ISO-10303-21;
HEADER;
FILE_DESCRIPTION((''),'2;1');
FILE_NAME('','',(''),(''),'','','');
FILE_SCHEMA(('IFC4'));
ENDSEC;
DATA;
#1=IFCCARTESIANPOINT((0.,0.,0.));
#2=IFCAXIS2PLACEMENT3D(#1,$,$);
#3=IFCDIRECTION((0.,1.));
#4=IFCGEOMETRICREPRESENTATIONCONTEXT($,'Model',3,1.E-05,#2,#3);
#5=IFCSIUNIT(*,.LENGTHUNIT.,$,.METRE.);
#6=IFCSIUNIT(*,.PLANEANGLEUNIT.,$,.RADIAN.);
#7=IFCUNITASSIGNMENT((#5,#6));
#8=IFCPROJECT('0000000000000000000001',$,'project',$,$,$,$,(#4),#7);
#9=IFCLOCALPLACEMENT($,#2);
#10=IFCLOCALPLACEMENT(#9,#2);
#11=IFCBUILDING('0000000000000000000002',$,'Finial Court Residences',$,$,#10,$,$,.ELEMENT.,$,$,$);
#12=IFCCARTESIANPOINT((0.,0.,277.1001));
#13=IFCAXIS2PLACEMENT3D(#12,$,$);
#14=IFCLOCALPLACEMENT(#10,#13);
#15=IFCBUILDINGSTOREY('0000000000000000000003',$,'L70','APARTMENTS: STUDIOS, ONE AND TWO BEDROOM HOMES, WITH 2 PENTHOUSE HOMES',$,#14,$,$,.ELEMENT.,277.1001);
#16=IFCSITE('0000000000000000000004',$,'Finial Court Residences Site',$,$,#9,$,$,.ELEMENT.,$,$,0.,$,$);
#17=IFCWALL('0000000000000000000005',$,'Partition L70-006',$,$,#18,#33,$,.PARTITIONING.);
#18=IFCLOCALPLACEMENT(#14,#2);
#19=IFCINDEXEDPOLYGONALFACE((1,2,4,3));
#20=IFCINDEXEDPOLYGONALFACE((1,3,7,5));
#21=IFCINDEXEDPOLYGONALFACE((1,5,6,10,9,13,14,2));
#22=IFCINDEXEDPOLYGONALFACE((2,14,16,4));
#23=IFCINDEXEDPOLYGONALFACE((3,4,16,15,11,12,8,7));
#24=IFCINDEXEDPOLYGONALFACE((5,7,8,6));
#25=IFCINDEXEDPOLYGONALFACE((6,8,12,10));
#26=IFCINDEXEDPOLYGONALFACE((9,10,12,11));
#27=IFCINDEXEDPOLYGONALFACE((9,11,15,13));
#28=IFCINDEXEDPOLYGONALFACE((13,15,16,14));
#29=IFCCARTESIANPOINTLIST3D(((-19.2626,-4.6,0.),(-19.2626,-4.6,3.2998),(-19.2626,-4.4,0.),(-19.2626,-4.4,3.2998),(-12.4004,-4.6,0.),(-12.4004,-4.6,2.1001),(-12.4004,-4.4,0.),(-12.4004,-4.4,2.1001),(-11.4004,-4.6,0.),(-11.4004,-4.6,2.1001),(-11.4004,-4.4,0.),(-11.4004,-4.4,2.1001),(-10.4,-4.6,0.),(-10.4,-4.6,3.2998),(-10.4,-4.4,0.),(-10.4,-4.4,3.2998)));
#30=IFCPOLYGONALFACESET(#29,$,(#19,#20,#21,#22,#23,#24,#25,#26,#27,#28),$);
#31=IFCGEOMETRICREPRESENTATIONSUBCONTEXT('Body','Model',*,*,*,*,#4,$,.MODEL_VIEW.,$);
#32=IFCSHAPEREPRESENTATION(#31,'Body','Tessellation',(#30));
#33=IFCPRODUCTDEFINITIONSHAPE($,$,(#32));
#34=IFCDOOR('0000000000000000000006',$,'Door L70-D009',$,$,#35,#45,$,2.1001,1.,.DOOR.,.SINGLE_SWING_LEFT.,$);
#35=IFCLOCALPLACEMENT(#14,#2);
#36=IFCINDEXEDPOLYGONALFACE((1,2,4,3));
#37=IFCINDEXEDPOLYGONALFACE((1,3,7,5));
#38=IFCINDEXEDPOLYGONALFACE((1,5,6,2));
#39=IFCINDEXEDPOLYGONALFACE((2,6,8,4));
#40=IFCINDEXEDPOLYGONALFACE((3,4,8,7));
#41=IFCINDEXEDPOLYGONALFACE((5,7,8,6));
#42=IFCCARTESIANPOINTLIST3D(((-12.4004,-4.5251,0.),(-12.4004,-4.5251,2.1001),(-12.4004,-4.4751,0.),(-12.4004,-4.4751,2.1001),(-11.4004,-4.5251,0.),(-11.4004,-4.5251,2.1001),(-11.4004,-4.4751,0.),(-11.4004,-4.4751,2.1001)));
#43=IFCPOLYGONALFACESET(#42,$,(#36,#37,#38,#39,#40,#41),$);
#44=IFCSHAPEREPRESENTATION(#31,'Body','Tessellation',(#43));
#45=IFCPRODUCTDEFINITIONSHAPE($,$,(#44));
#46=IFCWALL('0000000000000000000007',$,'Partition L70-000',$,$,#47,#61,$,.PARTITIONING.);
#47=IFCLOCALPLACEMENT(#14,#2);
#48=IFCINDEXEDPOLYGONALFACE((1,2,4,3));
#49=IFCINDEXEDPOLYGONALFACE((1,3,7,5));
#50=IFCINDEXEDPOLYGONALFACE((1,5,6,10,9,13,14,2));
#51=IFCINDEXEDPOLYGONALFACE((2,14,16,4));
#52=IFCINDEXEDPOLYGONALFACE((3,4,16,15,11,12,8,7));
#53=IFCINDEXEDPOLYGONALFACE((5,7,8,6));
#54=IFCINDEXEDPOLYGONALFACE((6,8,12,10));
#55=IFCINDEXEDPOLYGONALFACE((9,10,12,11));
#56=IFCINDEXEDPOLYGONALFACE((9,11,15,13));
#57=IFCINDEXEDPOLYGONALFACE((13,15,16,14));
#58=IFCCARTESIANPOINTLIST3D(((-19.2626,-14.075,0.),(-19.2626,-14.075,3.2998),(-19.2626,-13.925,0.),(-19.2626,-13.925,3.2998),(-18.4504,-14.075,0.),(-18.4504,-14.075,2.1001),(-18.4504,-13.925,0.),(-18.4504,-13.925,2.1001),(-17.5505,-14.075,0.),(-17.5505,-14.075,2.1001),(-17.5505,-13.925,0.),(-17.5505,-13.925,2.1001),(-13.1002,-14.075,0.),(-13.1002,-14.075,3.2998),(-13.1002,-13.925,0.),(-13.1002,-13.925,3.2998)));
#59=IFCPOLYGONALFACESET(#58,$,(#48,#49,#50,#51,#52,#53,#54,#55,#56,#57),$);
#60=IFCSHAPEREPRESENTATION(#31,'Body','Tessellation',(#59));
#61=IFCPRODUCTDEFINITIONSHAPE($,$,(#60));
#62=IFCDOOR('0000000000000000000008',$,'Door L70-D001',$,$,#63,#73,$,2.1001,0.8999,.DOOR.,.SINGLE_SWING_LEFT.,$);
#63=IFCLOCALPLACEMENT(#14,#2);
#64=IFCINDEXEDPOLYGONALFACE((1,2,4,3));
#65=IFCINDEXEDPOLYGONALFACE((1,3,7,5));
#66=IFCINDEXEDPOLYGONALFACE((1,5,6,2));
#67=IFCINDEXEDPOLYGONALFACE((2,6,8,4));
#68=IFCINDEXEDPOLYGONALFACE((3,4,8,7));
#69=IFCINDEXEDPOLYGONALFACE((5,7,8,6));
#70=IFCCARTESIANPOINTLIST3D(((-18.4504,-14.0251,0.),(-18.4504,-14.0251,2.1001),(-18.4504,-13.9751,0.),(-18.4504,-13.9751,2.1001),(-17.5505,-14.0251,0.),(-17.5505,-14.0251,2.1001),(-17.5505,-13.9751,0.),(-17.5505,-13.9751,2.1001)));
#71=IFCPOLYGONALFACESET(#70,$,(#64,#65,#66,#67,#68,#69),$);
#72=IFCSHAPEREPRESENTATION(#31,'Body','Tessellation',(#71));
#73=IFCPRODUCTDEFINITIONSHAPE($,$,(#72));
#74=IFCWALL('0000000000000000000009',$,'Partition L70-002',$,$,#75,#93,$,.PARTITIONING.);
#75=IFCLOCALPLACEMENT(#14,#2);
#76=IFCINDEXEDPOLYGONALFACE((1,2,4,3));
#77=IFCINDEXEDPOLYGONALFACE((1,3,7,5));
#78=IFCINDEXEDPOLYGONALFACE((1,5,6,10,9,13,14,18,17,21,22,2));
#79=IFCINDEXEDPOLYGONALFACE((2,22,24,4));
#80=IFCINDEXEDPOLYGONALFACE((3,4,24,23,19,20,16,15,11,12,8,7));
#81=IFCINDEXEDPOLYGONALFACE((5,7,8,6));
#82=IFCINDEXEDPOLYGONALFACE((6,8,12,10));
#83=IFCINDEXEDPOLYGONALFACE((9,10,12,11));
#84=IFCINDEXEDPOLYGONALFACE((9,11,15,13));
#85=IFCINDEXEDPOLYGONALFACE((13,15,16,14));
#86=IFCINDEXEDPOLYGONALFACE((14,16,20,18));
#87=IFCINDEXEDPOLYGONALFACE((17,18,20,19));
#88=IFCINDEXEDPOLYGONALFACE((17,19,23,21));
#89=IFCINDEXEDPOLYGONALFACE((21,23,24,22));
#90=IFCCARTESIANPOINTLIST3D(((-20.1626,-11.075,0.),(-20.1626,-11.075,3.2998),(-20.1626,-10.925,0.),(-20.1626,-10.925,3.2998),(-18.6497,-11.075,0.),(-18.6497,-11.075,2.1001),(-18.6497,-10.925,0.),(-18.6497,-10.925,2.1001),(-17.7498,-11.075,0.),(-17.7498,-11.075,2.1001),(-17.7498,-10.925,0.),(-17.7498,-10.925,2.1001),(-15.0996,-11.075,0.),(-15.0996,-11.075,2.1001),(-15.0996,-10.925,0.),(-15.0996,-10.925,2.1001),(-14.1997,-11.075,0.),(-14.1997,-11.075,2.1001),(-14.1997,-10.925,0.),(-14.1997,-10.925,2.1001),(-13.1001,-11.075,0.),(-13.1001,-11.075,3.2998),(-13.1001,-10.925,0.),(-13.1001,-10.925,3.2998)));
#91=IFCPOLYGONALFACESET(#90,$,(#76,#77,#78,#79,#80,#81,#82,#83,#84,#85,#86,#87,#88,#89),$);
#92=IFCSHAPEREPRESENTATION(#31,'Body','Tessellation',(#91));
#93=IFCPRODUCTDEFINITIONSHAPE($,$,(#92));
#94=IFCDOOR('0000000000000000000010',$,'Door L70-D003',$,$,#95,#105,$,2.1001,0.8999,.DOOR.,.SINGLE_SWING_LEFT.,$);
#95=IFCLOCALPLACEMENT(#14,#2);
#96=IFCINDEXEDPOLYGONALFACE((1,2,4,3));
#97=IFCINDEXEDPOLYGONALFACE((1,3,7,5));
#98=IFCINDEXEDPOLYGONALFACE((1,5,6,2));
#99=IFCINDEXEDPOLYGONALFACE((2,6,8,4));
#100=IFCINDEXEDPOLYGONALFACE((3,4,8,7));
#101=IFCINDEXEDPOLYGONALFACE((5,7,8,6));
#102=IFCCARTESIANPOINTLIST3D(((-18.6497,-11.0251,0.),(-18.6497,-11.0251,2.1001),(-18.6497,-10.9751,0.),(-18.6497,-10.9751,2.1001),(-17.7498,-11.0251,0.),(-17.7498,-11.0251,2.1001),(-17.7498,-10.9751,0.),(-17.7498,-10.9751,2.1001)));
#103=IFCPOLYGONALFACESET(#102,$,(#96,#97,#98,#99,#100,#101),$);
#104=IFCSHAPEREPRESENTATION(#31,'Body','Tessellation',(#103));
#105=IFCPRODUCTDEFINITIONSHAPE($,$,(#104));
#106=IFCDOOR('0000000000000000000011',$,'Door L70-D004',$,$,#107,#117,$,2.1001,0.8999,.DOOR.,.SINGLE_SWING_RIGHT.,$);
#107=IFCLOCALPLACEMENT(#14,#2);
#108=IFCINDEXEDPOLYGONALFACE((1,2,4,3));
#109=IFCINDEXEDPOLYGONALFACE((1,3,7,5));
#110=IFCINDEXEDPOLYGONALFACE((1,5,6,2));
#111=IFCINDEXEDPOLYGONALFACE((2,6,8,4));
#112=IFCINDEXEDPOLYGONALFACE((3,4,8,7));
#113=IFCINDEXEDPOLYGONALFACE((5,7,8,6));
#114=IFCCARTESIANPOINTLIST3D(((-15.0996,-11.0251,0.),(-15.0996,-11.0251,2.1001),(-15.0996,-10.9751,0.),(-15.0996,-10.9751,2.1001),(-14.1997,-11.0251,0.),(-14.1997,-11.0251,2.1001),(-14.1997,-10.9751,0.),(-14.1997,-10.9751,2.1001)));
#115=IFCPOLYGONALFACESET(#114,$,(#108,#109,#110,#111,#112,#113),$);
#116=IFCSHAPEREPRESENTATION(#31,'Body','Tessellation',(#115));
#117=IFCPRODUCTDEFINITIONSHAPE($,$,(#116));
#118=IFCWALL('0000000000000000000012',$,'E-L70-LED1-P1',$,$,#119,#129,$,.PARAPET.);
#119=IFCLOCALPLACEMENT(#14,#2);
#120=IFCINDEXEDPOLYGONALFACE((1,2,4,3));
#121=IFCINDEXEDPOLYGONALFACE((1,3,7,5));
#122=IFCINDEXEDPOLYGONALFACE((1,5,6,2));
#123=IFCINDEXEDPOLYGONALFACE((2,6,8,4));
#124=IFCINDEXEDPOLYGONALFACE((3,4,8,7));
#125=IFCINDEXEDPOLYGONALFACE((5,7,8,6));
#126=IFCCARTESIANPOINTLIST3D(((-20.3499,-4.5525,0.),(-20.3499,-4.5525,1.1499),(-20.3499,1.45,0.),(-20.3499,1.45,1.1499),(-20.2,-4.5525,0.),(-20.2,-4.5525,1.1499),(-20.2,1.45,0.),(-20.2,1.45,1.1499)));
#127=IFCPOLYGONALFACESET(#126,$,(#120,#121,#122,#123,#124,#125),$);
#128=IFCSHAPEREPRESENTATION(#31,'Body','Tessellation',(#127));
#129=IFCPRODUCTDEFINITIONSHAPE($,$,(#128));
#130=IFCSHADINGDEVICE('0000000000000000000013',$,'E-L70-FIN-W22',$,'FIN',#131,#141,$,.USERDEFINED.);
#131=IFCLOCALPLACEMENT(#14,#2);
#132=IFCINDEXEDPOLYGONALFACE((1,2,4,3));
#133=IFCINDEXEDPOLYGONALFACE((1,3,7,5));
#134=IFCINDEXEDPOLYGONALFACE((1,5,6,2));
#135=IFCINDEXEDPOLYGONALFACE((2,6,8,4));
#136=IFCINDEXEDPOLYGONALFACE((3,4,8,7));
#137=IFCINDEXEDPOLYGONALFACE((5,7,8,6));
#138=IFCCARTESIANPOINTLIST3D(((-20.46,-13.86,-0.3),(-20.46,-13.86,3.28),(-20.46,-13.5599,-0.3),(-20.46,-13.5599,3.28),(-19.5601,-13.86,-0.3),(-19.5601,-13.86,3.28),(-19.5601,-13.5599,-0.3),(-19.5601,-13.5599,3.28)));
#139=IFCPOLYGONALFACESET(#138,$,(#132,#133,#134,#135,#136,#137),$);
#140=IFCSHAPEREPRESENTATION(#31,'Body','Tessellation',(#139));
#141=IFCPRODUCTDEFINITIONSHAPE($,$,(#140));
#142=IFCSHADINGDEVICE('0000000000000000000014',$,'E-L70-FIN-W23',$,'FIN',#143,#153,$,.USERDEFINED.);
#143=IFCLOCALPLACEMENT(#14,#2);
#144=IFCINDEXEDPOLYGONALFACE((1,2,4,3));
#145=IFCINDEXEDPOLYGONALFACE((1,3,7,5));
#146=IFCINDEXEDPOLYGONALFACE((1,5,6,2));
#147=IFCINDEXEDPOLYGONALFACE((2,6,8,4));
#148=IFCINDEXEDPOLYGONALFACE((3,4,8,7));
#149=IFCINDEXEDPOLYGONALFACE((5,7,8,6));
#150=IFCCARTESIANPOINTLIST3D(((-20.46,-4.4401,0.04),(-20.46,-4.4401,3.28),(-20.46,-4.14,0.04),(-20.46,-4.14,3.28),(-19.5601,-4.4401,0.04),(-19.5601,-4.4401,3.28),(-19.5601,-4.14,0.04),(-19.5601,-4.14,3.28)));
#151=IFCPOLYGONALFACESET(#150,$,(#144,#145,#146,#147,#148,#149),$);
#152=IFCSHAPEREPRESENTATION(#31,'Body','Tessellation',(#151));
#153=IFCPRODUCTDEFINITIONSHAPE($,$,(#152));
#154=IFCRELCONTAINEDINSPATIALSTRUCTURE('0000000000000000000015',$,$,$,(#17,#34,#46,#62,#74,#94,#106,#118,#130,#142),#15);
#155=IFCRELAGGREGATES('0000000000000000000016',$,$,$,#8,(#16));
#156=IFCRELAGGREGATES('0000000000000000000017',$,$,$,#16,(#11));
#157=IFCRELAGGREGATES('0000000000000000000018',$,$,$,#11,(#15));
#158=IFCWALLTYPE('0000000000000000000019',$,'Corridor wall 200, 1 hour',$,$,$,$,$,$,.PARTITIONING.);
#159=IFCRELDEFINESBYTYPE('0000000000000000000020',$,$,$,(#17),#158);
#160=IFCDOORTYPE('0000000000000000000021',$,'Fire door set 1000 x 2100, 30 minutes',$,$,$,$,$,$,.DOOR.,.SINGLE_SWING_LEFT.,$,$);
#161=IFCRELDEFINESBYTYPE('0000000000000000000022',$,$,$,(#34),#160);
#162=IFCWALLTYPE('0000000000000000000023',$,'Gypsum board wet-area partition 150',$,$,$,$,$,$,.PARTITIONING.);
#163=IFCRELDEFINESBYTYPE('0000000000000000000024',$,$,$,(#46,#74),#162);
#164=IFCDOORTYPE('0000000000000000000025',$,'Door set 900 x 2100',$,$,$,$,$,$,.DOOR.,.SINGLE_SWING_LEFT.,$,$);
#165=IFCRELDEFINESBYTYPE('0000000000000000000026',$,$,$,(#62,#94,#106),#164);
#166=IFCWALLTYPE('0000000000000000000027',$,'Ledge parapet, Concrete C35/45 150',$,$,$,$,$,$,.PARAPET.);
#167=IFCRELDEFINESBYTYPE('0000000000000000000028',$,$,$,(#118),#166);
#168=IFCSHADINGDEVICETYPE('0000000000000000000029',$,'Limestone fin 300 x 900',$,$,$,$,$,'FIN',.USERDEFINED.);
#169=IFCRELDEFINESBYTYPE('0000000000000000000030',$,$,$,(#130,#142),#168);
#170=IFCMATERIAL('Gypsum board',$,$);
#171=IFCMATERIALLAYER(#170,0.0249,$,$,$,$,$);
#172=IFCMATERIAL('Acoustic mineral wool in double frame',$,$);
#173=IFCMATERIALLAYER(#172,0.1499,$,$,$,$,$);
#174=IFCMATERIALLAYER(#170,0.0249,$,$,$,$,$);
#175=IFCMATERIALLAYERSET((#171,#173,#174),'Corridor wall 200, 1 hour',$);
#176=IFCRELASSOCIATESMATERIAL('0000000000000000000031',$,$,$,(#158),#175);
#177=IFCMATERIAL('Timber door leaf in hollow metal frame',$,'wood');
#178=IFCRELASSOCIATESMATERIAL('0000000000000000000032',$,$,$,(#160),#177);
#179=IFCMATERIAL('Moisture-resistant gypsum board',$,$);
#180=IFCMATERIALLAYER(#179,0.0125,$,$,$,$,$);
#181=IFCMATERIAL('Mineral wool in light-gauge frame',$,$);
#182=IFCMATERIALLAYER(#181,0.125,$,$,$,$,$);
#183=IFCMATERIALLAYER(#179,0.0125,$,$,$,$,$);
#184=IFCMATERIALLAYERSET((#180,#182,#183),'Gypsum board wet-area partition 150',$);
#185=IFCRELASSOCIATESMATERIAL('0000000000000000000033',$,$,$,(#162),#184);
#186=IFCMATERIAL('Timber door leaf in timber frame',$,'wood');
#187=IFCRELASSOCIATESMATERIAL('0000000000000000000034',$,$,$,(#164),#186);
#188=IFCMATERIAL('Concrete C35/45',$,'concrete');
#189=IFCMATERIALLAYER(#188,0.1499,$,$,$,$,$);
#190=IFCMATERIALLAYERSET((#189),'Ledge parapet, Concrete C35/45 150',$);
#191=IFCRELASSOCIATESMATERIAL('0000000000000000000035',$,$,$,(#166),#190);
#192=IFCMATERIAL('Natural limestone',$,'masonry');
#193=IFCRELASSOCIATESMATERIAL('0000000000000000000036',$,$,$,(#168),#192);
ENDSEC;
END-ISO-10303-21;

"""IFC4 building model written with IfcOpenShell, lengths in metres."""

from ifc_helpers import new_model, si_unit, direction, frame, frame_2d, origin, origin_2d, place, context, subcontext, project, spatial, rectangle, extrude, material, layer, layer_set, type_object, element, fill, save


model = new_model("IFC4")

# Units and contexts
model_context = context("Model", 3, precision=1e-05, world=origin(), true_north=direction((0.0, 1.0)))
body_context = subcontext(model_context, "Body", "Model", "MODEL_VIEW")
ifc_project = project(units=[si_unit("LENGTHUNIT", "METRE"), si_unit("PLANEANGLEUNIT", "RADIAN")], contexts=[model_context])

# Site, building, storey
site_placement = place(None, origin())
site = spatial("IfcSite", under=ifc_project, at=site_placement, Name="Finial Court Residences Site", CompositionType="ELEMENT", RefElevation=0.0)
building_placement = place(site_placement, origin())
building = spatial("IfcBuilding", under=site, at=building_placement, Name="Finial Court Residences", CompositionType="ELEMENT")
storey_placement = place(building_placement, frame((0.0, 0.0, 277.1001)))
storey = spatial("IfcBuildingStorey", under=building, at=storey_placement, Name="L70", Description="APARTMENTS: STUDIOS, ONE AND TWO BEDROOM HOMES, WITH 2 PENTHOUSE HOMES", CompositionType="ELEMENT", Elevation=277.1001)

# Walls, openings, doors
ifc_material_1 = material(Name="Gypsum board")
ifc_layer_1 = layer(ifc_material_1, 0.0249)
ifc_material_2 = material(Name="Acoustic mineral wool in double frame")
ifc_layer_2 = layer(ifc_material_2, 0.1499)
ifc_layer_3 = layer(ifc_material_1, 0.0249)
ifc_layer_set_1 = layer_set([ifc_layer_1, ifc_layer_2, ifc_layer_3], Name="Corridor wall 200, 1 hour")
wall_type_1 = type_object("IfcWallType", Name="Corridor wall 200, 1 hour", PredefinedType="PARTITIONING", material=ifc_layer_set_1)
ifc_material_3 = material(Name="Timber door leaf in hollow metal frame", Category="wood")
door_type_1 = type_object("IfcDoorType", Name="Fire door set 1000 x 2100, 30 minutes", OperationType="SINGLE_SWING_LEFT", PredefinedType="DOOR", material=ifc_material_3)
wall_1_placement = place(storey_placement, frame((-19.2625, -4.5, 0.0), z_axis=(0.0, 0.0, 1.0), x_axis=(1.0, 0.0, 0.0)))
wall_1 = element("IfcWall", 1, at=wall_1_placement, inside=storey, type_object=wall_type_1, Name="Partition L70-006", PredefinedType="PARTITIONING", context=body_context, shape_type="SweptSolid", body=[
    extrude(rectangle(XDim=8.8625, YDim=0.2, at=frame_2d((4.4312, 0.0))), origin(), (0.0, 0.0, 1.0), 3.2998),
])
opening_1_placement = place(wall_1_placement, frame((6.8621, 0.0, 0.0)))
opening_1 = element("IfcOpeningElement", 2, at=opening_1_placement, cuts=wall_1, PredefinedType="OPENING", context=body_context, shape_type="SweptSolid", body=[
    extrude(rectangle(XDim=1.0, YDim=2.1001, at=frame_2d((0.5, 1.05))), frame((0.0, 0.1099, 0.0), z_axis=(0.0, -1.0, 0.0), x_axis=(1.0, 0.0, 0.0)), (0.0, 0.0, 1.0), 0.22),
])
door_1_placement = place(opening_1_placement, origin())
door_1 = element("IfcDoor", 3, at=door_1_placement, inside=storey, type_object=door_type_1, Name="Door L70-D009", OperationType="SINGLE_SWING_LEFT", OverallHeight=2.1001, OverallWidth=1.0, PredefinedType="DOOR", context=body_context, shape_type="SweptSolid", body=[
    extrude(rectangle(XDim=1.0, YDim=2.1001, at=frame_2d((0.5, 1.05))), frame((0.0, 0.0249, 0.0), z_axis=(0.0, -1.0, 0.0), x_axis=(1.0, 0.0, 0.0)), (0.0, 0.0, 1.0), 0.05),
])
fill(opening_1, door_1)
ifc_material_4 = material(Name="Moisture-resistant gypsum board")
ifc_layer_4 = layer(ifc_material_4, 0.0125)
ifc_material_5 = material(Name="Mineral wool in light-gauge frame")
ifc_layer_5 = layer(ifc_material_5, 0.125)
ifc_layer_6 = layer(ifc_material_4, 0.0125)
ifc_layer_set_2 = layer_set([ifc_layer_4, ifc_layer_5, ifc_layer_6], Name="Gypsum board wet-area partition 150")
wall_type_2 = type_object("IfcWallType", Name="Gypsum board wet-area partition 150", PredefinedType="PARTITIONING", material=ifc_layer_set_2)
wall_2_placement = place(storey_placement, frame((-19.2625, -14.0, 0.0), z_axis=(0.0, 0.0, 1.0), x_axis=(1.0, 0.0, 0.0)))
wall_2 = element("IfcWall", 4, at=wall_2_placement, inside=storey, type_object=wall_type_2, Name="Partition L70-000", PredefinedType="PARTITIONING", context=body_context, shape_type="SweptSolid", body=[
    extrude(rectangle(XDim=6.1624, YDim=0.1499, at=frame_2d((3.0811, 0.0))), origin(), (0.0, 0.0, 1.0), 3.2998),
])
opening_2_placement = place(wall_2_placement, frame((0.812, 0.0, 0.0)))
opening_2 = element("IfcOpeningElement", 5, at=opening_2_placement, cuts=wall_2, PredefinedType="OPENING", context=body_context, shape_type="SweptSolid", body=[
    extrude(rectangle(XDim=0.8999, YDim=2.1001, at=frame_2d((0.45, 1.05))), frame((0.0, 0.085, 0.0), z_axis=(0.0, -1.0, 0.0), x_axis=(1.0, 0.0, 0.0)), (0.0, 0.0, 1.0), 0.1699),
])
ifc_material_6 = material(Name="Timber door leaf in timber frame", Category="wood")
door_type_2 = type_object("IfcDoorType", Name="Door set 900 x 2100", OperationType="SINGLE_SWING_LEFT", PredefinedType="DOOR", material=ifc_material_6)
door_2_placement = place(opening_2_placement, origin())
door_2 = element("IfcDoor", 6, at=door_2_placement, inside=storey, type_object=door_type_2, Name="Door L70-D001", OperationType="SINGLE_SWING_LEFT", OverallHeight=2.1001, OverallWidth=0.8999, PredefinedType="DOOR", context=body_context, shape_type="SweptSolid", body=[
    extrude(rectangle(XDim=0.8999, YDim=2.1001, at=frame_2d((0.45, 1.05))), frame((0.0, 0.0249, 0.0), z_axis=(0.0, -1.0, 0.0), x_axis=(1.0, 0.0, 0.0)), (0.0, 0.0, 1.0), 0.05),
])
fill(opening_2, door_2)

# Wall, openings, doors
wall_3_placement = place(storey_placement, frame((-20.1626, -11.0, 0.0), z_axis=(0.0, 0.0, 1.0), x_axis=(1.0, 0.0, 0.0)))
wall_3 = element("IfcWall", 7, at=wall_3_placement, inside=storey, type_object=wall_type_2, Name="Partition L70-002", PredefinedType="PARTITIONING", context=body_context, shape_type="SweptSolid", body=[
    extrude(rectangle(XDim=7.0625, YDim=0.1499, at=frame_2d((3.5312, 0.0))), origin(), (0.0, 0.0, 1.0), 3.2998),
])
opening_3_placement = place(wall_3_placement, frame((1.5129, 0.0, 0.0)))
opening_3 = element("IfcOpeningElement", 8, at=opening_3_placement, cuts=wall_3, PredefinedType="OPENING", context=body_context, shape_type="SweptSolid", body=[
    extrude(rectangle(XDim=0.8999, YDim=2.1001, at=frame_2d((0.45, 1.05))), frame((0.0, 0.085, 0.0), z_axis=(0.0, -1.0, 0.0), x_axis=(1.0, 0.0, 0.0)), (0.0, 0.0, 1.0), 0.1699),
])
opening_4_placement = place(wall_3_placement, frame((5.063, 0.0, 0.0)))
opening_4 = element("IfcOpeningElement", 9, at=opening_4_placement, cuts=wall_3, PredefinedType="OPENING", context=body_context, shape_type="SweptSolid", body=[
    extrude(rectangle(XDim=0.8999, YDim=2.1001, at=frame_2d((0.45, 1.05))), frame((0.0, 0.085, 0.0), z_axis=(0.0, -1.0, 0.0), x_axis=(1.0, 0.0, 0.0)), (0.0, 0.0, 1.0), 0.1699),
])
door_3_placement = place(opening_3_placement, origin())
door_3 = element("IfcDoor", 10, at=door_3_placement, inside=storey, type_object=door_type_2, Name="Door L70-D003", OperationType="SINGLE_SWING_LEFT", OverallHeight=2.1001, OverallWidth=0.8999, PredefinedType="DOOR", context=body_context, shape_type="SweptSolid", body=[
    extrude(rectangle(XDim=0.8999, YDim=2.1001, at=frame_2d((0.45, 1.05))), frame((0.0, 0.0249, 0.0), z_axis=(0.0, -1.0, 0.0), x_axis=(1.0, 0.0, 0.0)), (0.0, 0.0, 1.0), 0.05),
])
fill(opening_3, door_3)
door_4_placement = place(opening_4_placement, origin())
door_4 = element("IfcDoor", 11, at=door_4_placement, inside=storey, type_object=door_type_2, Name="Door L70-D004", OperationType="SINGLE_SWING_RIGHT", OverallHeight=2.1001, OverallWidth=0.8999, PredefinedType="DOOR", context=body_context, shape_type="SweptSolid", body=[
    extrude(rectangle(XDim=0.8999, YDim=2.1001, at=frame_2d((0.45, 1.05))), frame((0.0, 0.0249, 0.0), z_axis=(0.0, -1.0, 0.0), x_axis=(1.0, 0.0, 0.0)), (0.0, 0.0, 1.0), 0.05),
])
fill(opening_4, door_4)

# Wall
ifc_material_7 = material(Name="Concrete C35/45", Category="concrete")
ifc_layer_7 = layer(ifc_material_7, 0.1499)
ifc_layer_set_3 = layer_set([ifc_layer_7], Name="Ledge parapet, Concrete C35/45 150")
wall_type_3 = type_object("IfcWallType", Name="Ledge parapet, Concrete C35/45 150", PredefinedType="PARAPET", material=ifc_layer_set_3)
wall_4_placement = place(storey_placement, frame((-20.2749, -4.5525, 0.0), z_axis=(0.0, 0.0, 1.0), x_axis=(0.0, 1.0, 0.0)))
element("IfcWall", 12, at=wall_4_placement, inside=storey, type_object=wall_type_3, Name="E-L70-LED1-P1", PredefinedType="PARAPET", context=body_context, shape_type="SweptSolid", body=[
    extrude(rectangle(XDim=6.0024, YDim=0.1499, at=frame_2d((3.0012, 0.0))), origin(), (0.0, 0.0, 1.0), 1.1499),
])

# Shading devices
ifc_material_8 = material(Name="Natural limestone", Category="masonry")
shading_device_type = type_object("IfcShadingDeviceType", Name="Limestone fin 300 x 900", ElementType="FIN", PredefinedType="USERDEFINED", material=ifc_material_8)
shading_device_1_placement = place(storey_placement, frame((-20.01, -13.71, -0.3), z_axis=(0.0, 0.0, 1.0), x_axis=(1.0, 0.0, 0.0)))
element("IfcShadingDevice", 13, at=shading_device_1_placement, inside=storey, type_object=shading_device_type, Name="E-L70-FIN-W22", ObjectType="FIN", PredefinedType="USERDEFINED", context=body_context, shape_type="SweptSolid", body=[
    extrude(rectangle(XDim=0.8999, YDim=0.3, at=origin_2d()), origin(), (0.0, 0.0, 1.0), 3.5801),
])
shading_device_2_placement = place(storey_placement, frame((-20.01, -4.29, 0.04), z_axis=(0.0, 0.0, 1.0), x_axis=(1.0, 0.0, 0.0)))
element("IfcShadingDevice", 14, at=shading_device_2_placement, inside=storey, type_object=shading_device_type, Name="E-L70-FIN-W23", ObjectType="FIN", PredefinedType="USERDEFINED", context=body_context, shape_type="SweptSolid", body=[
    extrude(rectangle(XDim=0.8999, YDim=0.3, at=origin_2d()), origin(), (0.0, 0.0, 1.0), 3.24),
])

save(model, "model.ifc")
